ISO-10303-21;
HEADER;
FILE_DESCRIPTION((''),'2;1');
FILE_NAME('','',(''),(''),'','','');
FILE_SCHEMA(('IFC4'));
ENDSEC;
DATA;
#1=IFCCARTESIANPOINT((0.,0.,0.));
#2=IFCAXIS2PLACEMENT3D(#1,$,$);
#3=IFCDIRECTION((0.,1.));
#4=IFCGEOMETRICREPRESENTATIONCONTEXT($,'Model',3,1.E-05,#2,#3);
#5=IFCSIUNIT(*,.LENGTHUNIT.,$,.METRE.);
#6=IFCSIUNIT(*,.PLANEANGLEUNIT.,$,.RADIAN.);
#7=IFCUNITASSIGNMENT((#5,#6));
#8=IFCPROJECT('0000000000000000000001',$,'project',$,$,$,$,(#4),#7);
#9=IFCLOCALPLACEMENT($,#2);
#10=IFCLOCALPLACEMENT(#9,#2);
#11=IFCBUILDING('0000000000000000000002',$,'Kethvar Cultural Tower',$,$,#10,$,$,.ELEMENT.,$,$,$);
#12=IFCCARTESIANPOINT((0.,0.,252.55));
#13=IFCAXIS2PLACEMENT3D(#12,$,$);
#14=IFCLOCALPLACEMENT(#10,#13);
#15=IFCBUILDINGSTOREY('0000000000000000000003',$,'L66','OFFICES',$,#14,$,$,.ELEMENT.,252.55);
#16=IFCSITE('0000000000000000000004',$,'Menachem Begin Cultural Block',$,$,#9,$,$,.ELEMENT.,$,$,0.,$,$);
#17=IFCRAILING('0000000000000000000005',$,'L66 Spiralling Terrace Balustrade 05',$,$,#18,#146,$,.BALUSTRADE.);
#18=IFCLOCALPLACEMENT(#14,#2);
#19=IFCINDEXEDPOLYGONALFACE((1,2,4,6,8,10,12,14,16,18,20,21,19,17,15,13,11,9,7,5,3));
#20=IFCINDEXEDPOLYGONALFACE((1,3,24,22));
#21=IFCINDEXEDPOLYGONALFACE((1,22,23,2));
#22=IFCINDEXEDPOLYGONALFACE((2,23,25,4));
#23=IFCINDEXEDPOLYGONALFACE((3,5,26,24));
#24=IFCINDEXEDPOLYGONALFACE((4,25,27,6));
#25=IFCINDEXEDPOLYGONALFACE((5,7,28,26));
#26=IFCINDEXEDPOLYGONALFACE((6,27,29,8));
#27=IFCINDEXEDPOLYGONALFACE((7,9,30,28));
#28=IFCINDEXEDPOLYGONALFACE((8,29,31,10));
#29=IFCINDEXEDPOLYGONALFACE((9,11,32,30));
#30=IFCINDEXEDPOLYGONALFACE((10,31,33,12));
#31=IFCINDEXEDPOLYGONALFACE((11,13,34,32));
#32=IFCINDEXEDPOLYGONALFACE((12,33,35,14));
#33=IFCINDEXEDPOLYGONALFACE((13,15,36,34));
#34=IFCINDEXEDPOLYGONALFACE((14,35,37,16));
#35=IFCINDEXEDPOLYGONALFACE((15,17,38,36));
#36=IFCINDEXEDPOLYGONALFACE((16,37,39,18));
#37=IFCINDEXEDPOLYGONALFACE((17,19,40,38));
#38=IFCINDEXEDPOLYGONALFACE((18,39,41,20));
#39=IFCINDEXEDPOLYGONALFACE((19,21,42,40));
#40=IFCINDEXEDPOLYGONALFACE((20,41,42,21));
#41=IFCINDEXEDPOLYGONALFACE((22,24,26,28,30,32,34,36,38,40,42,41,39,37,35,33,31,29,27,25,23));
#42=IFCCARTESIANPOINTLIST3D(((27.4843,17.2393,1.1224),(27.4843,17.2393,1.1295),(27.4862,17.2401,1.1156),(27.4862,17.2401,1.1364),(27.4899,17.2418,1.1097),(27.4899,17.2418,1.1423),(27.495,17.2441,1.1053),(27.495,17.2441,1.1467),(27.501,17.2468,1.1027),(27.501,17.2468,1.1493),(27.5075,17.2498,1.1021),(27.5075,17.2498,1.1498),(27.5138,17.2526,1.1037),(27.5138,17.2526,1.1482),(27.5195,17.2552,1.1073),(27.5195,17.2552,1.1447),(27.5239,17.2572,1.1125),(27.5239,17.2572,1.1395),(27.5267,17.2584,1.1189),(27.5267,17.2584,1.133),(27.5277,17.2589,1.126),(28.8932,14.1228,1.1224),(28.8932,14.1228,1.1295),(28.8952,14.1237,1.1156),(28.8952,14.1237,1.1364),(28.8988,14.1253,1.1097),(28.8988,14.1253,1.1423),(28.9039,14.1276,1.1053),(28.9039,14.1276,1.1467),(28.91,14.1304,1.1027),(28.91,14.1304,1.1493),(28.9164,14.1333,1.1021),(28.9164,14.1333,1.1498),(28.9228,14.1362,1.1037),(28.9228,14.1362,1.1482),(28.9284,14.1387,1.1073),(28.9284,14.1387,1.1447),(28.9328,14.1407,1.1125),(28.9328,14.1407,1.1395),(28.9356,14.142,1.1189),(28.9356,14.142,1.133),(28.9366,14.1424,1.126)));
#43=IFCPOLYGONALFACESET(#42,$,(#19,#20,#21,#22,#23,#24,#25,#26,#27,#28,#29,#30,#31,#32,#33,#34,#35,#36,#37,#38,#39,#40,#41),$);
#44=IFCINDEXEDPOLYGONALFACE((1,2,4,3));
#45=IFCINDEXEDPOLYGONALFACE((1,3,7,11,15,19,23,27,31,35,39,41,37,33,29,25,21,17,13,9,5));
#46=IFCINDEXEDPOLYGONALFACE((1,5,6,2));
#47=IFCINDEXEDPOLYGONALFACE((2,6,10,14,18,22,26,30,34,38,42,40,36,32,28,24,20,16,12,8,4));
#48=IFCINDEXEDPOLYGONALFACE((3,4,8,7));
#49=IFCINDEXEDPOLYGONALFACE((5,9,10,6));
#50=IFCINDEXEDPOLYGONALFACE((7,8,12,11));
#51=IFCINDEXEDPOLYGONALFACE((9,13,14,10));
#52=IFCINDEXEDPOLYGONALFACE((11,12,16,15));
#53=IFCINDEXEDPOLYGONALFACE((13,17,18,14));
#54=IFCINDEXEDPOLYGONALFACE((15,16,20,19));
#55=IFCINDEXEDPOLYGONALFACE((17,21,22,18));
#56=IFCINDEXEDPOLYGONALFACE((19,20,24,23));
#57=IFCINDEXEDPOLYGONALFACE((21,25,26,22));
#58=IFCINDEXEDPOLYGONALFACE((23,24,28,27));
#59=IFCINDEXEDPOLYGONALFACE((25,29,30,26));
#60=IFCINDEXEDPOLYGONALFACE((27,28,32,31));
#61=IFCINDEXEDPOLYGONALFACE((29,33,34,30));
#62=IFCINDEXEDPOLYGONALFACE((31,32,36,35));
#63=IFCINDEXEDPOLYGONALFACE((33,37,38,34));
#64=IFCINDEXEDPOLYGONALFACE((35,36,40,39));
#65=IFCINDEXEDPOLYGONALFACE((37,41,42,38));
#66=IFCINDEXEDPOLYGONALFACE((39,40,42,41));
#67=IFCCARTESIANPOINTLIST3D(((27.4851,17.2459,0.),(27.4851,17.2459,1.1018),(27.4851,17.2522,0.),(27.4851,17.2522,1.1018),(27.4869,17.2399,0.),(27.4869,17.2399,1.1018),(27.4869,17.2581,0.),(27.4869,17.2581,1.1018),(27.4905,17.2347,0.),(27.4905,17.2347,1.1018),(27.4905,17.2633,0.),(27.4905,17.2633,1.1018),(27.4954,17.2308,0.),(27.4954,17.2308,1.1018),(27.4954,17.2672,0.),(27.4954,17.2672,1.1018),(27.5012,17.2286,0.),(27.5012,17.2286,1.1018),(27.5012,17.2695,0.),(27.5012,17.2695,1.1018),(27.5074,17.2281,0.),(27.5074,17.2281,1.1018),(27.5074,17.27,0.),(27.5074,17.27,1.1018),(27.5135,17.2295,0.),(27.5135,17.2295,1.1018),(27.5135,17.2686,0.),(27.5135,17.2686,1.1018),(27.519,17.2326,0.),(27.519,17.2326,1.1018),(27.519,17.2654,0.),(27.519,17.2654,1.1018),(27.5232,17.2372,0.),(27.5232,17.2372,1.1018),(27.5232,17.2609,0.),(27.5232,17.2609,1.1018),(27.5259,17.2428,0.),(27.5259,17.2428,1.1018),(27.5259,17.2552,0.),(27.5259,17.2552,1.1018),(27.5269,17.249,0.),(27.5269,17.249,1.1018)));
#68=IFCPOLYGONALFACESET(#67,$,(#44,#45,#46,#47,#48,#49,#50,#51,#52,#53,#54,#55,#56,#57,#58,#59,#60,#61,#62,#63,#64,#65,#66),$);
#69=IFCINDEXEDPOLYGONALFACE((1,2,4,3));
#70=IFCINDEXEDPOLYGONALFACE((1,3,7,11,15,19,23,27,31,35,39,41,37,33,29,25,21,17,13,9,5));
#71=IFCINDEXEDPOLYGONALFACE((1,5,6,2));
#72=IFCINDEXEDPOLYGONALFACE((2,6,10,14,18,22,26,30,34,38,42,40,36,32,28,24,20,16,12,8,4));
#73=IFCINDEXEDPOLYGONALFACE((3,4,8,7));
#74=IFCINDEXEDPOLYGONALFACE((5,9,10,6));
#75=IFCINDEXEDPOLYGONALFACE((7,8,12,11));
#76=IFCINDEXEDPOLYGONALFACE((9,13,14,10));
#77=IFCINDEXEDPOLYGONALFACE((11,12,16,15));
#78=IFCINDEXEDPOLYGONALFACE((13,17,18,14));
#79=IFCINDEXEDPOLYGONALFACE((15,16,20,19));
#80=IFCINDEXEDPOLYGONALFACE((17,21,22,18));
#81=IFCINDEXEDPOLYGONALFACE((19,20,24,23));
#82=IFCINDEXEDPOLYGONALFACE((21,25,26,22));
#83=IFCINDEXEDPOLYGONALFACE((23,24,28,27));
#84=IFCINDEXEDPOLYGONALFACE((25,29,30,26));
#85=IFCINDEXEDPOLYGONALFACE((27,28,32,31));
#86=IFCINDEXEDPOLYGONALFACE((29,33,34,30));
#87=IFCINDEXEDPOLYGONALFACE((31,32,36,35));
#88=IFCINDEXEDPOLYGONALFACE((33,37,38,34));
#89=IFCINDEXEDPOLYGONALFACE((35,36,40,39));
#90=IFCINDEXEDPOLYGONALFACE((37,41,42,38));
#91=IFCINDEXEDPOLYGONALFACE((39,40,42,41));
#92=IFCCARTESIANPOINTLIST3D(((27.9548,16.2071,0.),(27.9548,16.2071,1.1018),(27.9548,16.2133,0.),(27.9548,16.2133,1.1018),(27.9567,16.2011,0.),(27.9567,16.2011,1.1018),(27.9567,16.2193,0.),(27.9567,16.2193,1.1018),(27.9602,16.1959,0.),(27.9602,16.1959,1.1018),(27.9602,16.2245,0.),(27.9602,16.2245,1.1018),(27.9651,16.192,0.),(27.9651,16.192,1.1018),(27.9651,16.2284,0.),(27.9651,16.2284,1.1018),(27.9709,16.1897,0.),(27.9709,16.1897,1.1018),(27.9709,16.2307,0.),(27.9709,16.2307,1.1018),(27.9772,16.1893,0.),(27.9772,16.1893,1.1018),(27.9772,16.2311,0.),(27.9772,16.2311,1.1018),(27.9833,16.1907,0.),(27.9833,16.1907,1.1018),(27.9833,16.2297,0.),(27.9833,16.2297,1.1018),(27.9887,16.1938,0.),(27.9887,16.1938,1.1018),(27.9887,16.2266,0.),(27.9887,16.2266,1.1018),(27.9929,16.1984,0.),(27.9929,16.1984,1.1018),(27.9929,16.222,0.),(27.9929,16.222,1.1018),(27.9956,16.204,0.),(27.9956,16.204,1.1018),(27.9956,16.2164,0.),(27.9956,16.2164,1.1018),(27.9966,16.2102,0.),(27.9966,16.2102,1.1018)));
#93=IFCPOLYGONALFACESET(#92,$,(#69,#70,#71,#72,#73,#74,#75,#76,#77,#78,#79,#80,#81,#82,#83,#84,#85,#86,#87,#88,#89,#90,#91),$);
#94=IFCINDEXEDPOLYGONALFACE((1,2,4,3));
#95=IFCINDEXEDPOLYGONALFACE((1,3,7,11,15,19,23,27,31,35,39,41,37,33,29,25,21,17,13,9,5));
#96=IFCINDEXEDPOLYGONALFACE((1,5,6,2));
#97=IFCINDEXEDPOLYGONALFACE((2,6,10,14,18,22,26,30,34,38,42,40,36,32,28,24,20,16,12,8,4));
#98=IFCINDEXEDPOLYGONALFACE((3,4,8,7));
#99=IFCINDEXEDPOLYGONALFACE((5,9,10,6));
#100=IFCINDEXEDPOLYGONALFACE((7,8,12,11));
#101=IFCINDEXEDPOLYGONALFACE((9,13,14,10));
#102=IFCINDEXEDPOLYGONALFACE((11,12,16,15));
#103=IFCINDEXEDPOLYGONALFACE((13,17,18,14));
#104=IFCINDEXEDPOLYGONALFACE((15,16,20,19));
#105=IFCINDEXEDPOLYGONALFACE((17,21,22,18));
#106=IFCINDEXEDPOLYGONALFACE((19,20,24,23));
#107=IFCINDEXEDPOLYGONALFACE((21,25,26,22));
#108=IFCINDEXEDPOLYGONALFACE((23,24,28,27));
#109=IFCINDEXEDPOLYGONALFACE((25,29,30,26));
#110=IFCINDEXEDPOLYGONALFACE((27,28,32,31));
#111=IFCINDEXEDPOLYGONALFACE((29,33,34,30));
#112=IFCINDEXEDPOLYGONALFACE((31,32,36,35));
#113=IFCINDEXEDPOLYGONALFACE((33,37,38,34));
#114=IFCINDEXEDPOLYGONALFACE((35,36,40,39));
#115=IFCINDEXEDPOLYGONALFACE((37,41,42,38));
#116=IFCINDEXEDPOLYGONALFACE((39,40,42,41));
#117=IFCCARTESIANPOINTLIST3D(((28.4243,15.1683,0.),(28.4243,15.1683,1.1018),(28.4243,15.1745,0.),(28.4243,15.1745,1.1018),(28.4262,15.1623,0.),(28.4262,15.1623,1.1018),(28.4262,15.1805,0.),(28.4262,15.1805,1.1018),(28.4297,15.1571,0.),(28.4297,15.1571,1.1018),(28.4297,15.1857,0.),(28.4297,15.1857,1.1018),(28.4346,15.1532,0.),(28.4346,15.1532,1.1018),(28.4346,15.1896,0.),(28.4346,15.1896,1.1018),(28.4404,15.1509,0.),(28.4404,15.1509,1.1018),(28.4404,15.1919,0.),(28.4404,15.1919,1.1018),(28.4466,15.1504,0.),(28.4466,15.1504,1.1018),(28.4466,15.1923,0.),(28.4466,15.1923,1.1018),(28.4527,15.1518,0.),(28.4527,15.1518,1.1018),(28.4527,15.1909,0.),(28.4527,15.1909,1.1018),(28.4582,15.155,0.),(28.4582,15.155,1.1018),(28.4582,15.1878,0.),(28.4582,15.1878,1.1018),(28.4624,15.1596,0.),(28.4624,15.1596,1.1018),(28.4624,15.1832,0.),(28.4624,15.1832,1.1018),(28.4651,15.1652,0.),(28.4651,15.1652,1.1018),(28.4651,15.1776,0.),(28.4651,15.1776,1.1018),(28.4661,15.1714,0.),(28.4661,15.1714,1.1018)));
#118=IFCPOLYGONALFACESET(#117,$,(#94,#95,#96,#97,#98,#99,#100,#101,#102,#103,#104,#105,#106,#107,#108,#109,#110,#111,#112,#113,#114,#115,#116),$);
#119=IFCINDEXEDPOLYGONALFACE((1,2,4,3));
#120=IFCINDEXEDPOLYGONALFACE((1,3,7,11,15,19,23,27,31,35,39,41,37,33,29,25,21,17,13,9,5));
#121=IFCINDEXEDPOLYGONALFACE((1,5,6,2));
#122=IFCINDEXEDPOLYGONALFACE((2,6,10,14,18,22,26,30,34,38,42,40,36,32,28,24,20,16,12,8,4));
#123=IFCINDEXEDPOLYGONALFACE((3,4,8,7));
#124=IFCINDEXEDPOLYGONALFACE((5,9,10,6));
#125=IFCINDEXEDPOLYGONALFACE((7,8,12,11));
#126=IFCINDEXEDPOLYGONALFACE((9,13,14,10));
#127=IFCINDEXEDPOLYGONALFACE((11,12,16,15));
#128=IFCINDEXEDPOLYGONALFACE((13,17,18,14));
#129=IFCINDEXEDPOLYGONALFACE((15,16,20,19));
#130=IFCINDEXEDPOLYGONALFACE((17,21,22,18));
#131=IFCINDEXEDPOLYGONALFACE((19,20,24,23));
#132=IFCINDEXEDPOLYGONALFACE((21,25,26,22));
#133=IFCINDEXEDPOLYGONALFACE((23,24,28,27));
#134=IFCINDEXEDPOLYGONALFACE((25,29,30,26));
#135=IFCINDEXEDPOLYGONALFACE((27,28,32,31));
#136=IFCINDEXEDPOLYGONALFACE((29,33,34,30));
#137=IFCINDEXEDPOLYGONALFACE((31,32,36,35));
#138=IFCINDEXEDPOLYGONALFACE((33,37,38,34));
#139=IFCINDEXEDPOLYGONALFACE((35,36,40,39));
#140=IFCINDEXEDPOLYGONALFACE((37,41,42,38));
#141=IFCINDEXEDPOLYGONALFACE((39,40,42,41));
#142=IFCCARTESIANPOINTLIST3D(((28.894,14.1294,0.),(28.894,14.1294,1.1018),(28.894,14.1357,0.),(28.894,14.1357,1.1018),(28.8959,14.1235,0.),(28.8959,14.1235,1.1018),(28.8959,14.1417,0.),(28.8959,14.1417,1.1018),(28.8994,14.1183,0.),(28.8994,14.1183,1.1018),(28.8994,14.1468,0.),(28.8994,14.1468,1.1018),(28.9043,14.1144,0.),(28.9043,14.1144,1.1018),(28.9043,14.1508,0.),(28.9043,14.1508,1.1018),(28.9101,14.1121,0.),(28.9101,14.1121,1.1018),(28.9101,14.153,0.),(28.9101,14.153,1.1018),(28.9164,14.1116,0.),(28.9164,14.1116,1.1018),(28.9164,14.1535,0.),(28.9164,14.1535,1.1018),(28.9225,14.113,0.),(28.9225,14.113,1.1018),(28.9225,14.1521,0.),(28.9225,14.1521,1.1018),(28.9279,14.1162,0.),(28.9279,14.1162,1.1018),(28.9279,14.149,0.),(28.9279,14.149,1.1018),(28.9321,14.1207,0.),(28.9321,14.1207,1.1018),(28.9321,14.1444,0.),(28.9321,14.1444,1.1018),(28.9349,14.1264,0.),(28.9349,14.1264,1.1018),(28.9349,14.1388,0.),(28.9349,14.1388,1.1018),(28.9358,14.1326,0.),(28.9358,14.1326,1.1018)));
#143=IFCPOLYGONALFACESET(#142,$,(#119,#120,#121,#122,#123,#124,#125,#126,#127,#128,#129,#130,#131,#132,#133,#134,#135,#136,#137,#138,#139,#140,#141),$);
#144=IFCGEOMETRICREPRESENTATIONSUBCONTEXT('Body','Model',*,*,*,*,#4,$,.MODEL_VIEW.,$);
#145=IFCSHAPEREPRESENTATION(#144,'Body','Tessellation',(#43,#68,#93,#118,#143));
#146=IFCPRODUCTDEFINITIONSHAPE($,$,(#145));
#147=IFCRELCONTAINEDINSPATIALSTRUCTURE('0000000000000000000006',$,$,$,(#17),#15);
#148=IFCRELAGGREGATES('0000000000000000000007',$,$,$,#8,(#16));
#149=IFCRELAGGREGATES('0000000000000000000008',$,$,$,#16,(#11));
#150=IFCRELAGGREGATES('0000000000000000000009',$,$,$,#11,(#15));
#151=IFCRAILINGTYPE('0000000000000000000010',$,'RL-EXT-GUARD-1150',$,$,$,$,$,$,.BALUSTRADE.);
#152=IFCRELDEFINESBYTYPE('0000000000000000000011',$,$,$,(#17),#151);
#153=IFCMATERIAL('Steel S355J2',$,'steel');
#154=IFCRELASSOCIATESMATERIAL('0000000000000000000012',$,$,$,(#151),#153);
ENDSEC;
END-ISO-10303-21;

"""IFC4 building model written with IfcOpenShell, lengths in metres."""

from ifc_helpers import new_model, si_unit, direction, frame, origin, origin_2d, place, context, subcontext, project, spatial, circle, extrude, material, type_object, element, save


model = new_model("IFC4")

# Units and contexts
model_context = context("Model", 3, precision=1e-05, world=origin(), true_north=direction((0.0, 1.0)))
body_context = subcontext(model_context, "Body", "Model", "MODEL_VIEW")
ifc_project = project(units=[si_unit("LENGTHUNIT", "METRE"), si_unit("PLANEANGLEUNIT", "RADIAN")], contexts=[model_context])

# Site, building, storey
site_placement = place(None, origin())
site = spatial("IfcSite", under=ifc_project, at=site_placement, Name="Menachem Begin Cultural Block", CompositionType="ELEMENT", RefElevation=0.0)
building_placement = place(site_placement, origin())
building = spatial("IfcBuilding", under=site, at=building_placement, Name="Kethvar Cultural Tower", CompositionType="ELEMENT")
storey_placement = place(building_placement, frame((0.0, 0.0, 252.55)))
storey = spatial("IfcBuildingStorey", under=building, at=storey_placement, Name="L66", Description="OFFICES", CompositionType="ELEMENT", Elevation=252.55)

# Shared definitions
ifc_material_1 = material(Name="Steel S355J2", Category="steel")

# Railing
railing_type = type_object("IfcRailingType", Name="RL-EXT-GUARD-1150", PredefinedType="BALUSTRADE", material=ifc_material_1)
railing_1_placement = place(storey_placement, frame((27.5059, 17.249, 0.0)))
element("IfcRailing", 1, at=railing_1_placement, inside=storey, type_object=railing_type, Name="L66 Spiralling Terrace Balustrade 05", PredefinedType="BALUSTRADE", context=body_context, shape_type="SweptSolid", body=[
    extrude(circle(Radius=0.0239, at=origin_2d()), frame((0.0, 0.0, 1.126), z_axis=(0.411952, -0.911206, 0.0), x_axis=(0.911206, 0.411952, 0.0)), (0.0, 0.0, 1.0), 3.4202),
    extrude(circle(Radius=0.021, at=origin_2d()), origin(), (0.0, 0.0, 1.0), 1.1018),
    extrude(circle(Radius=0.021, at=origin_2d()), frame((0.4697, -1.0388, 0.0)), (0.0, 0.0, 1.0), 1.1018),
    extrude(circle(Radius=0.021, at=origin_2d()), frame((0.9392, -2.0776, 0.0)), (0.0, 0.0, 1.0), 1.1018),
    extrude(circle(Radius=0.021, at=origin_2d()), frame((1.4089, -3.1165, 0.0)), (0.0, 0.0, 1.0), 1.1018),
])

save(model, "model.ifc")
